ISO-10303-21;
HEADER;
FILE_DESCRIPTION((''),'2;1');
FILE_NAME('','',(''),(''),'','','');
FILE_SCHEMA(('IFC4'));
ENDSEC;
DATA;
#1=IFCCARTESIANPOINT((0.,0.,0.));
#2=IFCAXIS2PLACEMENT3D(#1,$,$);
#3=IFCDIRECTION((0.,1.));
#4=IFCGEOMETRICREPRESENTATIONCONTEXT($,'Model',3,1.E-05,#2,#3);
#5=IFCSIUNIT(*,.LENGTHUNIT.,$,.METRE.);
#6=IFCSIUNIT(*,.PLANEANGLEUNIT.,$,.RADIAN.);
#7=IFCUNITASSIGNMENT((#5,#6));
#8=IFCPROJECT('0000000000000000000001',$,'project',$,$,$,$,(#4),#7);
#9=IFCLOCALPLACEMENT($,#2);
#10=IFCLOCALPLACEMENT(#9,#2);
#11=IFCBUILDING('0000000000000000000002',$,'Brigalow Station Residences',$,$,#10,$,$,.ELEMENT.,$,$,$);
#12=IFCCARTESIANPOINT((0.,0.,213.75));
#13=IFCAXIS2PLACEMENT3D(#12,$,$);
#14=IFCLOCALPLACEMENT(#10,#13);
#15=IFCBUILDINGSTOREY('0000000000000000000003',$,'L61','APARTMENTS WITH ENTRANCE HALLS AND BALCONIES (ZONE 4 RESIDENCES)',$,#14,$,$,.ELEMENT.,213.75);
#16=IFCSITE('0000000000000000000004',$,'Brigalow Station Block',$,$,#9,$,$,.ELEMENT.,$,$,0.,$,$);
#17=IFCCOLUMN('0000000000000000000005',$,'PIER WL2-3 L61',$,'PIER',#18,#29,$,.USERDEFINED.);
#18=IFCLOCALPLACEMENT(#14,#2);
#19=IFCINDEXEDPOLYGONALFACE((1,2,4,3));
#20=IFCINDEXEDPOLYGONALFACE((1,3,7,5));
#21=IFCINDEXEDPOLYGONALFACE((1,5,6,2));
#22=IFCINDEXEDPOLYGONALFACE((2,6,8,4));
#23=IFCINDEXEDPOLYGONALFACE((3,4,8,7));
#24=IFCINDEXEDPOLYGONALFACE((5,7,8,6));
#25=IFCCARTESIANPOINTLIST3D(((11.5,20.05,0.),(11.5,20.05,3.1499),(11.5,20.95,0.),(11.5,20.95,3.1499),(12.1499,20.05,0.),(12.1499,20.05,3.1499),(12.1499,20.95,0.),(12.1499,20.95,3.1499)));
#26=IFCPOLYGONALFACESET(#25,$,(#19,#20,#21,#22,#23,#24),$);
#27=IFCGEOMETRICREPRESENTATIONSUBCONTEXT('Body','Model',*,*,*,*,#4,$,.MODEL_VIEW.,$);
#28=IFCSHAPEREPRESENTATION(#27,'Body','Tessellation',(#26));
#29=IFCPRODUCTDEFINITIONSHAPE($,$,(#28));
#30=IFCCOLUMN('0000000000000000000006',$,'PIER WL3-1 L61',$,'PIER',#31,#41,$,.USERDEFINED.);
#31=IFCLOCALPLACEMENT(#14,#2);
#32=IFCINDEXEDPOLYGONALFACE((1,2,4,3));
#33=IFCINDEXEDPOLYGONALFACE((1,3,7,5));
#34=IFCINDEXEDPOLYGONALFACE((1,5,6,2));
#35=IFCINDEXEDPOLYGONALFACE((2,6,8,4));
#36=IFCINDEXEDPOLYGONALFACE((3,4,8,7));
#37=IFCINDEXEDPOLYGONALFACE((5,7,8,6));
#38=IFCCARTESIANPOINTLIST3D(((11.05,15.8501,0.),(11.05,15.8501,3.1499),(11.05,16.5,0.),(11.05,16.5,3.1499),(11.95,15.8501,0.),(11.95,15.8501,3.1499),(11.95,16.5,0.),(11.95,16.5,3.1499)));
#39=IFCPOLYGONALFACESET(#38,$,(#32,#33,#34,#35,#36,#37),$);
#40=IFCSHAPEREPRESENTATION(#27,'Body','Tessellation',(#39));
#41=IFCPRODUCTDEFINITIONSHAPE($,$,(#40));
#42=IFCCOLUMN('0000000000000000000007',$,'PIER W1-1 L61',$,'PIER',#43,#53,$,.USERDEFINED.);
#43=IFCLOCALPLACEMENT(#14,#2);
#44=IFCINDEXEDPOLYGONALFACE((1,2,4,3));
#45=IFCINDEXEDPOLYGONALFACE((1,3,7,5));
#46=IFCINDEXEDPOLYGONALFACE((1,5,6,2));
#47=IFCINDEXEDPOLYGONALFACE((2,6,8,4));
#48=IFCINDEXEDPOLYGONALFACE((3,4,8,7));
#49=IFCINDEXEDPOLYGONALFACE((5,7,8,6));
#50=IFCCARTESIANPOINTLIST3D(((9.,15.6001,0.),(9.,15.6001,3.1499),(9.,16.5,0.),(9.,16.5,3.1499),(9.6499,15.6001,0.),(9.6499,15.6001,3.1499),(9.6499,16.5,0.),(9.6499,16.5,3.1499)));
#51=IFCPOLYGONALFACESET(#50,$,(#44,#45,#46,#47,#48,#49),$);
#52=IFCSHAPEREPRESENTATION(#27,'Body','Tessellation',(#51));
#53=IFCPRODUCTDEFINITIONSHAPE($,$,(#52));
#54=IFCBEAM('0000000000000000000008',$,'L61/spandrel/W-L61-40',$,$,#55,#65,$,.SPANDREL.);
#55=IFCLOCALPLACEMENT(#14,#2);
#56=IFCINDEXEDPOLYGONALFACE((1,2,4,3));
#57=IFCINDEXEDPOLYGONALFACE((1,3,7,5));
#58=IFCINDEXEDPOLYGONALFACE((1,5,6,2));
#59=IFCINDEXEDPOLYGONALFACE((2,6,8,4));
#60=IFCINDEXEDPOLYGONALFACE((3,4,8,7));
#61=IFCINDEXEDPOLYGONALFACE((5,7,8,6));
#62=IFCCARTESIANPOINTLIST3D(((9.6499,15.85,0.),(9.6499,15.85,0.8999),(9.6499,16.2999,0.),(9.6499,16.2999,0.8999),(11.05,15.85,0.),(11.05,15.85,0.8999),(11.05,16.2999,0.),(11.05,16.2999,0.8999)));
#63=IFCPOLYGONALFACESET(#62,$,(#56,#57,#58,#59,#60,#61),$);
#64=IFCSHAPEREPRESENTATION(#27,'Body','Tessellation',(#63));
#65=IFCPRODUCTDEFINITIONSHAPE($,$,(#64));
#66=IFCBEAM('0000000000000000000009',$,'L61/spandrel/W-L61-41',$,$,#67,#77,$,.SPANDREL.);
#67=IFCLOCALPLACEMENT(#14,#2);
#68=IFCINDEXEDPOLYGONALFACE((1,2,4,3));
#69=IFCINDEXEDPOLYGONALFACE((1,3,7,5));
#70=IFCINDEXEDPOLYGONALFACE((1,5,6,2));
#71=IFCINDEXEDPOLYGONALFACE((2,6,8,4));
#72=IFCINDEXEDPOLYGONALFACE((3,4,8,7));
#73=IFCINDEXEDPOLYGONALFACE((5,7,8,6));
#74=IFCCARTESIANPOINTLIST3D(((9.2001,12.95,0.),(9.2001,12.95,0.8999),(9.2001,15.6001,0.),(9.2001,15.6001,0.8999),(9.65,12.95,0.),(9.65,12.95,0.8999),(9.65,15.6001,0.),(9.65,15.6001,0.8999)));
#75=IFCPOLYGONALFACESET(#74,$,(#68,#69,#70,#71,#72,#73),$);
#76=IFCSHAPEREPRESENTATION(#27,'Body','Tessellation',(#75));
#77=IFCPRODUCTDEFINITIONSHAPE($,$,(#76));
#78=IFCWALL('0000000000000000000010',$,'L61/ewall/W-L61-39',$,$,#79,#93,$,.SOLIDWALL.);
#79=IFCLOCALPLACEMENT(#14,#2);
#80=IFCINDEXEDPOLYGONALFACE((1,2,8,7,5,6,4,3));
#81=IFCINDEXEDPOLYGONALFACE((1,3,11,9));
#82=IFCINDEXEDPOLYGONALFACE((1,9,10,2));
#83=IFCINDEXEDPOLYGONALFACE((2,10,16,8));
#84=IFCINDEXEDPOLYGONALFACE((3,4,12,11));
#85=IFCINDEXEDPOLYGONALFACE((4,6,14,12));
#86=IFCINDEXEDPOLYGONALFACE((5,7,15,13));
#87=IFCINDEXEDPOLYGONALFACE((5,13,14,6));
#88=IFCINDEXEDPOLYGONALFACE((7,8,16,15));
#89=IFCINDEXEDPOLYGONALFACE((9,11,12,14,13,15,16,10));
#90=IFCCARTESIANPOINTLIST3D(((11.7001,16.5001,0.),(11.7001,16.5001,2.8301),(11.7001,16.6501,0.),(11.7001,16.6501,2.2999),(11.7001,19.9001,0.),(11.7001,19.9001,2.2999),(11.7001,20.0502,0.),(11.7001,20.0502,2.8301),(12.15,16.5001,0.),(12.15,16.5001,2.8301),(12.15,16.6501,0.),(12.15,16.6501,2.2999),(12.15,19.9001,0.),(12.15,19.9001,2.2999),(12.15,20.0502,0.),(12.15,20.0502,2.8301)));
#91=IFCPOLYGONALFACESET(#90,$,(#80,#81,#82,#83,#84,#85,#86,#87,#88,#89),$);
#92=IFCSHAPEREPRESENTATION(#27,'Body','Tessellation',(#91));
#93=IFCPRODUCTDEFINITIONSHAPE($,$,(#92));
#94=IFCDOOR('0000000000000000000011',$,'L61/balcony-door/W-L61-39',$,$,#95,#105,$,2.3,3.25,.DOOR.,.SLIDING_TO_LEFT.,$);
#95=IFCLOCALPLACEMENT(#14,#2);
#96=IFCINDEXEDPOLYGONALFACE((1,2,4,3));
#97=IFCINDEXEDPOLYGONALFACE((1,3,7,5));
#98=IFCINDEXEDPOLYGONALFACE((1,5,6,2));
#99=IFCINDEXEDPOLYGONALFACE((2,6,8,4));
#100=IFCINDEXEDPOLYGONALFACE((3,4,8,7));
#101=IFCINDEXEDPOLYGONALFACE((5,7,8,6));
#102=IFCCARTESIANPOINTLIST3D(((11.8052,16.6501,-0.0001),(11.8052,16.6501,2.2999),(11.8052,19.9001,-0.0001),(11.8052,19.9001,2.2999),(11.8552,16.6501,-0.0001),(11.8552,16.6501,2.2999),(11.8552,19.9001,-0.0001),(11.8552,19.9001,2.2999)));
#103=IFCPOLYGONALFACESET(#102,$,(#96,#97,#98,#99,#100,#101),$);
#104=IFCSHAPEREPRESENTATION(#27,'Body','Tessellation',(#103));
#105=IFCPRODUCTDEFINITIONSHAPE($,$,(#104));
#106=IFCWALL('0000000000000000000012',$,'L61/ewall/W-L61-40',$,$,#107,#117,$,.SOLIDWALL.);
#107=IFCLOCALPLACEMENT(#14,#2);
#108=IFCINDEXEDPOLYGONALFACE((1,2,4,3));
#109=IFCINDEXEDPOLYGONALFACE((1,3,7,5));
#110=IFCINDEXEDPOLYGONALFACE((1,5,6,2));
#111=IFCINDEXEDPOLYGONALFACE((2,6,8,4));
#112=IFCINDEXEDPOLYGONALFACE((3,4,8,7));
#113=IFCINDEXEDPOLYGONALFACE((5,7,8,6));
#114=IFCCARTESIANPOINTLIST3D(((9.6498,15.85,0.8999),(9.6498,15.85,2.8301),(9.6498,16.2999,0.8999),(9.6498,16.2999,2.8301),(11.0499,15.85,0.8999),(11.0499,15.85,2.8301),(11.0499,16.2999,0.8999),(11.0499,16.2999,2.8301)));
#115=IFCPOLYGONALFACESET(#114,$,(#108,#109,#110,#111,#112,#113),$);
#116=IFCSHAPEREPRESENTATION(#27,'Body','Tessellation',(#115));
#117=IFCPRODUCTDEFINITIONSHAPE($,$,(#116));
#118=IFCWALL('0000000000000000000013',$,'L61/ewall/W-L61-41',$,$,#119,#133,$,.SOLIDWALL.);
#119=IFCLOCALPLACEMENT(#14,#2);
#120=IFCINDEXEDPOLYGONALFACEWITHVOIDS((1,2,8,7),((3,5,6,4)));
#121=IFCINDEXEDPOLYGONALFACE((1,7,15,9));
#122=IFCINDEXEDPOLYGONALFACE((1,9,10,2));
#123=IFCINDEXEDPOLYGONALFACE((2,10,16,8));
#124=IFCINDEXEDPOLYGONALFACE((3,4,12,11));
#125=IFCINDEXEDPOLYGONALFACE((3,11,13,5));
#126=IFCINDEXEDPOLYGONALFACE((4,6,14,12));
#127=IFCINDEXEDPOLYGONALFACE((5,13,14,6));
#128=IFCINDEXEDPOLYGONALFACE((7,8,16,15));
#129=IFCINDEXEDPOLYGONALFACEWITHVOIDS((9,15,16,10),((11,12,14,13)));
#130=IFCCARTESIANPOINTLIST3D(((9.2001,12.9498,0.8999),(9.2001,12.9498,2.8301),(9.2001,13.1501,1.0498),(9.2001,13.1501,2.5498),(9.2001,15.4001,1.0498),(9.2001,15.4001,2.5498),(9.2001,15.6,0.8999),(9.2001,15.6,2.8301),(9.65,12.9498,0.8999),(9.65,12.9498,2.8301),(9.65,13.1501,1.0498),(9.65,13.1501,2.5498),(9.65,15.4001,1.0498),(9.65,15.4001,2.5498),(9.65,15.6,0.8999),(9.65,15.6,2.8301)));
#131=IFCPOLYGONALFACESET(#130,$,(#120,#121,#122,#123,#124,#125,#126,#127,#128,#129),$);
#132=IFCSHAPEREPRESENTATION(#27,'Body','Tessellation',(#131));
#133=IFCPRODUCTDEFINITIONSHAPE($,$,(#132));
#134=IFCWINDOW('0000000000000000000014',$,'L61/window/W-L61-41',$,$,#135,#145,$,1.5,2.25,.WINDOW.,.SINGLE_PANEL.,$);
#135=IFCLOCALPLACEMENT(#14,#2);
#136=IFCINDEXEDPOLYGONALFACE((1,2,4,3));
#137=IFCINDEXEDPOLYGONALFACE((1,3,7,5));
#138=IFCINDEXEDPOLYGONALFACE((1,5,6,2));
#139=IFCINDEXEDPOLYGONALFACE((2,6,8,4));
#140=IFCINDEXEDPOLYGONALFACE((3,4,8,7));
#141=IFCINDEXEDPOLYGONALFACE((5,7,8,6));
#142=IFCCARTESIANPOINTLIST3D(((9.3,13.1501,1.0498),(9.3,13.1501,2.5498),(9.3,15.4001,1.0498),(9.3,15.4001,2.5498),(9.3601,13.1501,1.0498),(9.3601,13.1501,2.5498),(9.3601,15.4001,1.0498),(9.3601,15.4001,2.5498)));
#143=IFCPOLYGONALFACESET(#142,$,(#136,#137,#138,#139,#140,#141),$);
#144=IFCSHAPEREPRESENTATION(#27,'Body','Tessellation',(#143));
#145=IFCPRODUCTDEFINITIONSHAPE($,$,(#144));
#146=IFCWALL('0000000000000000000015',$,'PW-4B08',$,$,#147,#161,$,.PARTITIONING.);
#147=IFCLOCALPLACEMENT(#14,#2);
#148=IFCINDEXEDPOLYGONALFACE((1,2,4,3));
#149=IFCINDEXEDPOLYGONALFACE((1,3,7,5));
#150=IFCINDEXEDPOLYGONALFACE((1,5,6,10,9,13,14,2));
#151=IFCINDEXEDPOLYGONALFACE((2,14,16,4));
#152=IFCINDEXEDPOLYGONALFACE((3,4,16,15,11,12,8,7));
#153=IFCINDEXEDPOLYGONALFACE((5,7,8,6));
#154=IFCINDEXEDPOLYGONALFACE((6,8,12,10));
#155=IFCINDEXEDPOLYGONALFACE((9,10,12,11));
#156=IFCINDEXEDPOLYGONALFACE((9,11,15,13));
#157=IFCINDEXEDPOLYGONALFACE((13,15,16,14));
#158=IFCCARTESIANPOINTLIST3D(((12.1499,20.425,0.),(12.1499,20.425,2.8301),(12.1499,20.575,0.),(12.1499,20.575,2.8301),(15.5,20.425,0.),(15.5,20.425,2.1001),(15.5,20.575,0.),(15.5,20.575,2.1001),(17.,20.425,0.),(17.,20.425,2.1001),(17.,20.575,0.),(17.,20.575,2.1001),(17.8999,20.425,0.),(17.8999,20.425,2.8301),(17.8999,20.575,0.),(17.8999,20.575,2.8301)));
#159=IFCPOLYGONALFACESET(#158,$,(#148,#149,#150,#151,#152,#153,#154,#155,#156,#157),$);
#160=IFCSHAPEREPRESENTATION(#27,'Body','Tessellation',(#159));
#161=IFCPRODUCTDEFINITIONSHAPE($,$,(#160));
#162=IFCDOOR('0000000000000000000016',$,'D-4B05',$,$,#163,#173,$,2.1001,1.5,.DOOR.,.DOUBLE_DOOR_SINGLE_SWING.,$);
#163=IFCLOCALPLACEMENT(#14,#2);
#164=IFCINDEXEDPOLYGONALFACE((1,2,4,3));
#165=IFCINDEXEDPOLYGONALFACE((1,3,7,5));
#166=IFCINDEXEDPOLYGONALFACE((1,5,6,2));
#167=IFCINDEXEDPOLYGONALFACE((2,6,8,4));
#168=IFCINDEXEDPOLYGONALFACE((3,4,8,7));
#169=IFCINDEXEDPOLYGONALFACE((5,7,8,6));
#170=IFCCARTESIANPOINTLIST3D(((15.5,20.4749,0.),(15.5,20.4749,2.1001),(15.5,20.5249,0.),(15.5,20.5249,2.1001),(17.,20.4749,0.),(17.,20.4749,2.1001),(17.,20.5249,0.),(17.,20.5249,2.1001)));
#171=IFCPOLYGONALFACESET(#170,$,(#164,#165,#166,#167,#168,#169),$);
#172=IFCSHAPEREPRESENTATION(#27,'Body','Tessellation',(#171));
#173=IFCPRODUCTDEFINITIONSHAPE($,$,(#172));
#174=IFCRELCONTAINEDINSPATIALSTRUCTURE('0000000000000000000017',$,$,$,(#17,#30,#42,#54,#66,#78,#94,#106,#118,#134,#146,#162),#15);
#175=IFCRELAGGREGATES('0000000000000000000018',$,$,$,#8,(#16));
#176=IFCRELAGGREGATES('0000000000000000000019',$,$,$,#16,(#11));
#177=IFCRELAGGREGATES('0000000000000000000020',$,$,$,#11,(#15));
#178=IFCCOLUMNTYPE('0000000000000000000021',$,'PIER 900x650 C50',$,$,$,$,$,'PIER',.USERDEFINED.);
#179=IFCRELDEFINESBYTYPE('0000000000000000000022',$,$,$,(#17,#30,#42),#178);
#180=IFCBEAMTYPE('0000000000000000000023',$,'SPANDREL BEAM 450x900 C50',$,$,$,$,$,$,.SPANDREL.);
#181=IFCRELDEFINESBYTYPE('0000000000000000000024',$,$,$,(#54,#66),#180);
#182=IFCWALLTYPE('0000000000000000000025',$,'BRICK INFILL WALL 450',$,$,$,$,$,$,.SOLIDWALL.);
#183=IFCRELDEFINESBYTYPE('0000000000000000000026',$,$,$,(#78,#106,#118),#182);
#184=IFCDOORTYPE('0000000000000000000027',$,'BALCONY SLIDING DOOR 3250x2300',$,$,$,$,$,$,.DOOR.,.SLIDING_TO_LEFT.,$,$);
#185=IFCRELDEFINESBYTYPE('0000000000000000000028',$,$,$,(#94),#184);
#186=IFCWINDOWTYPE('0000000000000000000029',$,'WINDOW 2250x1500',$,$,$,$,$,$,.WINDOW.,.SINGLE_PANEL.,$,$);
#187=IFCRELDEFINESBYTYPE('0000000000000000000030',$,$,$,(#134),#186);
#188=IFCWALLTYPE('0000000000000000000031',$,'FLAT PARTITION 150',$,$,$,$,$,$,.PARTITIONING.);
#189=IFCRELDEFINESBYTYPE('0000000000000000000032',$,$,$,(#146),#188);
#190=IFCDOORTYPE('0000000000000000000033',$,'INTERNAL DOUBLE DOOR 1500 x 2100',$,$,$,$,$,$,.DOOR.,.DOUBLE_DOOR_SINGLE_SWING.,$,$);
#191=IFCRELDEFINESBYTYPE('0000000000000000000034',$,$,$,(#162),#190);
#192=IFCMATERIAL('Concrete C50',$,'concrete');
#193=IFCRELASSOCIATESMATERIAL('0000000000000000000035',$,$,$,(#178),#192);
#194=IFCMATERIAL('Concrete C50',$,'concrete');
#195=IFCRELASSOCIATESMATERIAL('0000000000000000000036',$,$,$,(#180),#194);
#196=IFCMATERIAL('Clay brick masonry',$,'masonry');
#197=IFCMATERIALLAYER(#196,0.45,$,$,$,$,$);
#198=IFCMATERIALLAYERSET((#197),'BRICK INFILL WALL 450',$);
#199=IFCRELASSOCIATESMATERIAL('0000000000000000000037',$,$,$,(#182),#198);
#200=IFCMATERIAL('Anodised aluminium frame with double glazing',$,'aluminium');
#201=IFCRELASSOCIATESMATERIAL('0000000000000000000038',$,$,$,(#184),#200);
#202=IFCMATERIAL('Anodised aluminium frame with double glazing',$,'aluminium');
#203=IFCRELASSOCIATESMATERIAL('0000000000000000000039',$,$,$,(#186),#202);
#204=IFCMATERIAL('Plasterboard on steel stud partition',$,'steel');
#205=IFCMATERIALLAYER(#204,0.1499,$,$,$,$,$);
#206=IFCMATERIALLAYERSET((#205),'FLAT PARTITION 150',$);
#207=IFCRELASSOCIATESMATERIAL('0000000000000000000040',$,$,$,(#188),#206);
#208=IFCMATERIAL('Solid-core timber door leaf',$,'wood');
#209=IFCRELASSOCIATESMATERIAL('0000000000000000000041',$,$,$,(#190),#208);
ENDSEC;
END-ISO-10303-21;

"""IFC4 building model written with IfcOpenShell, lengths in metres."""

from ifc_helpers import new_model, si_unit, direction, frame, frame_2d, origin, origin_2d, place, context, subcontext, project, spatial, rectangle, extrude, material, layer, layer_set, material_profile, profile_set, type_object, element, fill, save


model = new_model("IFC4")

# Units and contexts
model_context = context("Model", 3, precision=1e-05, world=origin(), true_north=direction((0.0, 1.0)))
body_context = subcontext(model_context, "Body", "Model", "MODEL_VIEW")
ifc_project = project(units=[si_unit("LENGTHUNIT", "METRE"), si_unit("PLANEANGLEUNIT", "RADIAN")], contexts=[model_context])

# Site, building, storey
site_placement = place(None, origin())
site = spatial("IfcSite", under=ifc_project, at=site_placement, Name="Brigalow Station Block", CompositionType="ELEMENT", RefElevation=0.0)
building_placement = place(site_placement, origin())
building = spatial("IfcBuilding", under=site, at=building_placement, Name="Brigalow Station Residences", CompositionType="ELEMENT")
storey_placement = place(building_placement, frame((0.0, 0.0, 213.75)))
storey = spatial("IfcBuildingStorey", under=building, at=storey_placement, Name="L61", Description="APARTMENTS WITH ENTRANCE HALLS AND BALCONIES (ZONE 4 RESIDENCES)", CompositionType="ELEMENT", Elevation=213.75)

# Columns
ifc_material_1 = material(Name="Concrete C50", Category="concrete")
ifc_material_profile_1 = material_profile(ifc_material_1, rectangle(XDim=0.8999, YDim=0.6499, at=origin_2d()), Name="RC900x650")
ifc_profile_set_1 = profile_set([ifc_material_profile_1], Name="Concrete C50")
column_type = type_object("IfcColumnType", Name="PIER 900x650 C50", ElementType="PIER", PredefinedType="USERDEFINED", material=ifc_profile_set_1)
for number, where, z_axis, x_axis, name in (
    (1, (11.825, 20.5, 0.0), (0.0, 0.0, 1.0), (0.0, -1.0, 0.0), "PIER WL2-3 L61"),
    (2, (11.5, 16.175, 0.0), (0.0, 0.0, 1.0), (-1.0, 0.0, 0.0), "PIER WL3-1 L61"),
    (3, (9.325, 16.05, 0.0), (0.0, 0.0, 1.0), (0.0, -1.0, 0.0), "PIER W1-1 L61"),
):
    element("IfcColumn", number, at=place(storey_placement, frame(where, z_axis=z_axis, x_axis=x_axis)), inside=storey, type_object=column_type, Name=name, ObjectType="PIER", PredefinedType="USERDEFINED", context=body_context, shape_type="SweptSolid", body=[
        extrude(rectangle(XDim=0.8999, YDim=0.6499, at=origin_2d()), origin(), (0.0, 0.0, 1.0), 3.1499),
    ])

# Beams
ifc_material_2 = material(Name="Concrete C50", Category="concrete")
ifc_material_profile_2 = material_profile(ifc_material_2, rectangle(XDim=0.45, YDim=0.8999, at=origin_2d()), Name="RC450x900")
ifc_profile_set_2 = profile_set([ifc_material_profile_2], Name="Concrete C50")
beam_type = type_object("IfcBeamType", Name="SPANDREL BEAM 450x900 C50", PredefinedType="SPANDREL", material=ifc_profile_set_2)
beam_1_placement = place(storey_placement, frame((11.05, 16.075, 0.45), z_axis=(-1.0, 0.0, 0.0), x_axis=(0.0, -1.0, 0.0)))
element("IfcBeam", 4, at=beam_1_placement, inside=storey, type_object=beam_type, Name="L61/spandrel/W-L61-40", PredefinedType="SPANDREL", context=body_context, shape_type="SweptSolid", body=[
    extrude(rectangle(XDim=0.45, YDim=0.8999, at=origin_2d()), origin(), (0.0, 0.0, 1.0), 1.4001),
])
beam_2_placement = place(storey_placement, frame((9.425, 15.6001, 0.45), z_axis=(0.0, -1.0, 0.0), x_axis=(1.0, 0.0, 0.0)))
element("IfcBeam", 5, at=beam_2_placement, inside=storey, type_object=beam_type, Name="L61/spandrel/W-L61-41", PredefinedType="SPANDREL", context=body_context, shape_type="SweptSolid", body=[
    extrude(rectangle(XDim=0.45, YDim=0.8999, at=origin_2d()), origin(), (0.0, 0.0, 1.0), 2.6501),
])

# Wall, opening, door
ifc_material_3 = material(Name="Clay brick masonry", Category="masonry")
ifc_layer_1 = layer(ifc_material_3, 0.45)
ifc_layer_set_1 = layer_set([ifc_layer_1], Name="BRICK INFILL WALL 450")
wall_type_1 = type_object("IfcWallType", Name="BRICK INFILL WALL 450", PredefinedType="SOLIDWALL", material=ifc_layer_set_1)
wall_1_placement = place(storey_placement, frame((11.925, 20.05, 0.0), z_axis=(0.0, 0.0, 1.0), x_axis=(0.0, -1.0, 0.0)))
wall_1 = element("IfcWall", 6, at=wall_1_placement, inside=storey, type_object=wall_type_1, Name="L61/ewall/W-L61-39", PredefinedType="SOLIDWALL", context=body_context, shape_type="SweptSolid", body=[
    extrude(rectangle(XDim=3.55, YDim=0.45, at=frame_2d((1.7749, 0.0))), origin(), (0.0, 0.0, 1.0), 2.8301),
])
opening_1_placement = place(wall_1_placement, frame((0.1499, 0.0, 0.0)))
opening_1 = element("IfcOpeningElement", 7, at=opening_1_placement, cuts=wall_1, PredefinedType="OPENING", context=body_context, shape_type="SweptSolid", body=[
    extrude(rectangle(XDim=3.25, YDim=2.3, at=frame_2d((1.625, 1.1499))), frame((0.0, 0.2349, 0.0), z_axis=(0.0, -1.0, 0.0), x_axis=(1.0, 0.0, 0.0)), (0.0, 0.0, 1.0), 0.47),
])
ifc_material_4 = material(Name="Anodised aluminium frame with double glazing", Category="aluminium")
door_type_1 = type_object("IfcDoorType", Name="BALCONY SLIDING DOOR 3250x2300", OperationType="SLIDING_TO_LEFT", PredefinedType="DOOR", material=ifc_material_4)
door_1_placement = place(opening_1_placement, origin())
door_1 = element("IfcDoor", 8, at=door_1_placement, inside=storey, type_object=door_type_1, Name="L61/balcony-door/W-L61-39", OperationType="SLIDING_TO_LEFT", OverallHeight=2.3, OverallWidth=3.25, PredefinedType="DOOR", context=body_context, shape_type="SweptSolid", body=[
    extrude(rectangle(XDim=3.25, YDim=2.3, at=frame_2d((1.625, 1.1499))), frame((0.0, -0.0698, 0.0), z_axis=(0.0, -1.0, 0.0), x_axis=(1.0, 0.0, 0.0)), (0.0, 0.0, 1.0), 0.05),
])
fill(opening_1, door_1)

# Wall
wall_2_placement = place(storey_placement, frame((11.05, 16.075, 0.8999), z_axis=(0.0, 0.0, 1.0), x_axis=(-1.0, 0.0, 0.0)))
element("IfcWall", 9, at=wall_2_placement, inside=storey, type_object=wall_type_1, Name="L61/ewall/W-L61-40", PredefinedType="SOLIDWALL", context=body_context, shape_type="SweptSolid", body=[
    extrude(rectangle(XDim=1.4001, YDim=0.45, at=frame_2d((0.7002, 0.0))), origin(), (0.0, 0.0, 1.0), 1.9302),
])

# Wall, opening, window
wall_3_placement = place(storey_placement, frame((9.425, 15.6001, 0.8999), z_axis=(0.0, 0.0, 1.0), x_axis=(0.0, -1.0, 0.0)))
wall_3 = element("IfcWall", 10, at=wall_3_placement, inside=storey, type_object=wall_type_1, Name="L61/ewall/W-L61-41", PredefinedType="SOLIDWALL", context=body_context, shape_type="SweptSolid", body=[
    extrude(rectangle(XDim=2.6501, YDim=0.45, at=frame_2d((1.3252, 0.0))), origin(), (0.0, 0.0, 1.0), 1.9302),
])
opening_2_placement = place(wall_3_placement, frame((0.2, 0.0, 0.1499)))
opening_2 = element("IfcOpeningElement", 11, at=opening_2_placement, cuts=wall_3, PredefinedType="OPENING", context=body_context, shape_type="SweptSolid", body=[
    extrude(rectangle(XDim=2.25, YDim=1.5, at=frame_2d((1.125, 0.75))), frame((0.0, 0.2349, 0.0), z_axis=(0.0, -1.0, 0.0), x_axis=(1.0, 0.0, 0.0)), (0.0, 0.0, 1.0), 0.47),
])
ifc_material_5 = material(Name="Anodised aluminium frame with double glazing", Category="aluminium")
window_type = type_object("IfcWindowType", Name="WINDOW 2250x1500", PartitioningType="SINGLE_PANEL", PredefinedType="WINDOW", material=ifc_material_5)
window_placement = place(opening_2_placement, origin())
window = element("IfcWindow", 12, at=window_placement, inside=storey, type_object=window_type, Name="L61/window/W-L61-41", OverallHeight=1.5, OverallWidth=2.25, PartitioningType="SINGLE_PANEL", PredefinedType="WINDOW", context=body_context, shape_type="SweptSolid", body=[
    extrude(rectangle(XDim=2.25, YDim=1.5, at=frame_2d((1.125, 0.75))), frame((0.0, -0.0649, 0.0), z_axis=(0.0, -1.0, 0.0), x_axis=(1.0, 0.0, 0.0)), (0.0, 0.0, 1.0), 0.0601),
])
fill(opening_2, window)

# Wall, opening, door
ifc_material_6 = material(Name="Plasterboard on steel stud partition", Category="steel")
ifc_layer_2 = layer(ifc_material_6, 0.1499)
ifc_layer_set_2 = layer_set([ifc_layer_2], Name="FLAT PARTITION 150")
wall_type_2 = type_object("IfcWallType", Name="FLAT PARTITION 150", PredefinedType="PARTITIONING", material=ifc_layer_set_2)
wall_4_placement = place(storey_placement, frame((12.1499, 20.5, 0.0), z_axis=(0.0, 0.0, 1.0), x_axis=(1.0, 0.0, 0.0)))
wall_4 = element("IfcWall", 13, at=wall_4_placement, inside=storey, type_object=wall_type_2, Name="PW-4B08", PredefinedType="PARTITIONING", context=body_context, shape_type="SweptSolid", body=[
    extrude(rectangle(XDim=5.75, YDim=0.1499, at=frame_2d((2.875, 0.0))), origin(), (0.0, 0.0, 1.0), 2.8301),
])
opening_3_placement = place(wall_4_placement, frame((3.3501, 0.0, 0.0)))
opening_3 = element("IfcOpeningElement", 14, at=opening_3_placement, cuts=wall_4, PredefinedType="OPENING", context=body_context, shape_type="SweptSolid", body=[
    extrude(rectangle(XDim=1.5, YDim=2.1001, at=frame_2d((0.75, 1.05))), frame((0.0, 0.085, 0.0), z_axis=(0.0, -1.0, 0.0), x_axis=(1.0, 0.0, 0.0)), (0.0, 0.0, 1.0), 0.1699),
])
ifc_material_7 = material(Name="Solid-core timber door leaf", Category="wood")
door_type_2 = type_object("IfcDoorType", Name="INTERNAL DOUBLE DOOR 1500 x 2100", OperationType="DOUBLE_DOOR_SINGLE_SWING", PredefinedType="DOOR", material=ifc_material_7)
door_2_placement = place(opening_3_placement, origin())
door_2 = element("IfcDoor", 15, at=door_2_placement, inside=storey, type_object=door_type_2, Name="D-4B05", OperationType="DOUBLE_DOOR_SINGLE_SWING", OverallHeight=2.1001, OverallWidth=1.5, PredefinedType="DOOR", context=body_context, shape_type="SweptSolid", body=[
    extrude(rectangle(XDim=1.5, YDim=2.1001, at=frame_2d((0.75, 1.05))), frame((0.0, 0.0249, 0.0), z_axis=(0.0, -1.0, 0.0), x_axis=(1.0, 0.0, 0.0)), (0.0, 0.0, 1.0), 0.05),
])
fill(opening_3, door_2)

save(model, "model.ifc")
